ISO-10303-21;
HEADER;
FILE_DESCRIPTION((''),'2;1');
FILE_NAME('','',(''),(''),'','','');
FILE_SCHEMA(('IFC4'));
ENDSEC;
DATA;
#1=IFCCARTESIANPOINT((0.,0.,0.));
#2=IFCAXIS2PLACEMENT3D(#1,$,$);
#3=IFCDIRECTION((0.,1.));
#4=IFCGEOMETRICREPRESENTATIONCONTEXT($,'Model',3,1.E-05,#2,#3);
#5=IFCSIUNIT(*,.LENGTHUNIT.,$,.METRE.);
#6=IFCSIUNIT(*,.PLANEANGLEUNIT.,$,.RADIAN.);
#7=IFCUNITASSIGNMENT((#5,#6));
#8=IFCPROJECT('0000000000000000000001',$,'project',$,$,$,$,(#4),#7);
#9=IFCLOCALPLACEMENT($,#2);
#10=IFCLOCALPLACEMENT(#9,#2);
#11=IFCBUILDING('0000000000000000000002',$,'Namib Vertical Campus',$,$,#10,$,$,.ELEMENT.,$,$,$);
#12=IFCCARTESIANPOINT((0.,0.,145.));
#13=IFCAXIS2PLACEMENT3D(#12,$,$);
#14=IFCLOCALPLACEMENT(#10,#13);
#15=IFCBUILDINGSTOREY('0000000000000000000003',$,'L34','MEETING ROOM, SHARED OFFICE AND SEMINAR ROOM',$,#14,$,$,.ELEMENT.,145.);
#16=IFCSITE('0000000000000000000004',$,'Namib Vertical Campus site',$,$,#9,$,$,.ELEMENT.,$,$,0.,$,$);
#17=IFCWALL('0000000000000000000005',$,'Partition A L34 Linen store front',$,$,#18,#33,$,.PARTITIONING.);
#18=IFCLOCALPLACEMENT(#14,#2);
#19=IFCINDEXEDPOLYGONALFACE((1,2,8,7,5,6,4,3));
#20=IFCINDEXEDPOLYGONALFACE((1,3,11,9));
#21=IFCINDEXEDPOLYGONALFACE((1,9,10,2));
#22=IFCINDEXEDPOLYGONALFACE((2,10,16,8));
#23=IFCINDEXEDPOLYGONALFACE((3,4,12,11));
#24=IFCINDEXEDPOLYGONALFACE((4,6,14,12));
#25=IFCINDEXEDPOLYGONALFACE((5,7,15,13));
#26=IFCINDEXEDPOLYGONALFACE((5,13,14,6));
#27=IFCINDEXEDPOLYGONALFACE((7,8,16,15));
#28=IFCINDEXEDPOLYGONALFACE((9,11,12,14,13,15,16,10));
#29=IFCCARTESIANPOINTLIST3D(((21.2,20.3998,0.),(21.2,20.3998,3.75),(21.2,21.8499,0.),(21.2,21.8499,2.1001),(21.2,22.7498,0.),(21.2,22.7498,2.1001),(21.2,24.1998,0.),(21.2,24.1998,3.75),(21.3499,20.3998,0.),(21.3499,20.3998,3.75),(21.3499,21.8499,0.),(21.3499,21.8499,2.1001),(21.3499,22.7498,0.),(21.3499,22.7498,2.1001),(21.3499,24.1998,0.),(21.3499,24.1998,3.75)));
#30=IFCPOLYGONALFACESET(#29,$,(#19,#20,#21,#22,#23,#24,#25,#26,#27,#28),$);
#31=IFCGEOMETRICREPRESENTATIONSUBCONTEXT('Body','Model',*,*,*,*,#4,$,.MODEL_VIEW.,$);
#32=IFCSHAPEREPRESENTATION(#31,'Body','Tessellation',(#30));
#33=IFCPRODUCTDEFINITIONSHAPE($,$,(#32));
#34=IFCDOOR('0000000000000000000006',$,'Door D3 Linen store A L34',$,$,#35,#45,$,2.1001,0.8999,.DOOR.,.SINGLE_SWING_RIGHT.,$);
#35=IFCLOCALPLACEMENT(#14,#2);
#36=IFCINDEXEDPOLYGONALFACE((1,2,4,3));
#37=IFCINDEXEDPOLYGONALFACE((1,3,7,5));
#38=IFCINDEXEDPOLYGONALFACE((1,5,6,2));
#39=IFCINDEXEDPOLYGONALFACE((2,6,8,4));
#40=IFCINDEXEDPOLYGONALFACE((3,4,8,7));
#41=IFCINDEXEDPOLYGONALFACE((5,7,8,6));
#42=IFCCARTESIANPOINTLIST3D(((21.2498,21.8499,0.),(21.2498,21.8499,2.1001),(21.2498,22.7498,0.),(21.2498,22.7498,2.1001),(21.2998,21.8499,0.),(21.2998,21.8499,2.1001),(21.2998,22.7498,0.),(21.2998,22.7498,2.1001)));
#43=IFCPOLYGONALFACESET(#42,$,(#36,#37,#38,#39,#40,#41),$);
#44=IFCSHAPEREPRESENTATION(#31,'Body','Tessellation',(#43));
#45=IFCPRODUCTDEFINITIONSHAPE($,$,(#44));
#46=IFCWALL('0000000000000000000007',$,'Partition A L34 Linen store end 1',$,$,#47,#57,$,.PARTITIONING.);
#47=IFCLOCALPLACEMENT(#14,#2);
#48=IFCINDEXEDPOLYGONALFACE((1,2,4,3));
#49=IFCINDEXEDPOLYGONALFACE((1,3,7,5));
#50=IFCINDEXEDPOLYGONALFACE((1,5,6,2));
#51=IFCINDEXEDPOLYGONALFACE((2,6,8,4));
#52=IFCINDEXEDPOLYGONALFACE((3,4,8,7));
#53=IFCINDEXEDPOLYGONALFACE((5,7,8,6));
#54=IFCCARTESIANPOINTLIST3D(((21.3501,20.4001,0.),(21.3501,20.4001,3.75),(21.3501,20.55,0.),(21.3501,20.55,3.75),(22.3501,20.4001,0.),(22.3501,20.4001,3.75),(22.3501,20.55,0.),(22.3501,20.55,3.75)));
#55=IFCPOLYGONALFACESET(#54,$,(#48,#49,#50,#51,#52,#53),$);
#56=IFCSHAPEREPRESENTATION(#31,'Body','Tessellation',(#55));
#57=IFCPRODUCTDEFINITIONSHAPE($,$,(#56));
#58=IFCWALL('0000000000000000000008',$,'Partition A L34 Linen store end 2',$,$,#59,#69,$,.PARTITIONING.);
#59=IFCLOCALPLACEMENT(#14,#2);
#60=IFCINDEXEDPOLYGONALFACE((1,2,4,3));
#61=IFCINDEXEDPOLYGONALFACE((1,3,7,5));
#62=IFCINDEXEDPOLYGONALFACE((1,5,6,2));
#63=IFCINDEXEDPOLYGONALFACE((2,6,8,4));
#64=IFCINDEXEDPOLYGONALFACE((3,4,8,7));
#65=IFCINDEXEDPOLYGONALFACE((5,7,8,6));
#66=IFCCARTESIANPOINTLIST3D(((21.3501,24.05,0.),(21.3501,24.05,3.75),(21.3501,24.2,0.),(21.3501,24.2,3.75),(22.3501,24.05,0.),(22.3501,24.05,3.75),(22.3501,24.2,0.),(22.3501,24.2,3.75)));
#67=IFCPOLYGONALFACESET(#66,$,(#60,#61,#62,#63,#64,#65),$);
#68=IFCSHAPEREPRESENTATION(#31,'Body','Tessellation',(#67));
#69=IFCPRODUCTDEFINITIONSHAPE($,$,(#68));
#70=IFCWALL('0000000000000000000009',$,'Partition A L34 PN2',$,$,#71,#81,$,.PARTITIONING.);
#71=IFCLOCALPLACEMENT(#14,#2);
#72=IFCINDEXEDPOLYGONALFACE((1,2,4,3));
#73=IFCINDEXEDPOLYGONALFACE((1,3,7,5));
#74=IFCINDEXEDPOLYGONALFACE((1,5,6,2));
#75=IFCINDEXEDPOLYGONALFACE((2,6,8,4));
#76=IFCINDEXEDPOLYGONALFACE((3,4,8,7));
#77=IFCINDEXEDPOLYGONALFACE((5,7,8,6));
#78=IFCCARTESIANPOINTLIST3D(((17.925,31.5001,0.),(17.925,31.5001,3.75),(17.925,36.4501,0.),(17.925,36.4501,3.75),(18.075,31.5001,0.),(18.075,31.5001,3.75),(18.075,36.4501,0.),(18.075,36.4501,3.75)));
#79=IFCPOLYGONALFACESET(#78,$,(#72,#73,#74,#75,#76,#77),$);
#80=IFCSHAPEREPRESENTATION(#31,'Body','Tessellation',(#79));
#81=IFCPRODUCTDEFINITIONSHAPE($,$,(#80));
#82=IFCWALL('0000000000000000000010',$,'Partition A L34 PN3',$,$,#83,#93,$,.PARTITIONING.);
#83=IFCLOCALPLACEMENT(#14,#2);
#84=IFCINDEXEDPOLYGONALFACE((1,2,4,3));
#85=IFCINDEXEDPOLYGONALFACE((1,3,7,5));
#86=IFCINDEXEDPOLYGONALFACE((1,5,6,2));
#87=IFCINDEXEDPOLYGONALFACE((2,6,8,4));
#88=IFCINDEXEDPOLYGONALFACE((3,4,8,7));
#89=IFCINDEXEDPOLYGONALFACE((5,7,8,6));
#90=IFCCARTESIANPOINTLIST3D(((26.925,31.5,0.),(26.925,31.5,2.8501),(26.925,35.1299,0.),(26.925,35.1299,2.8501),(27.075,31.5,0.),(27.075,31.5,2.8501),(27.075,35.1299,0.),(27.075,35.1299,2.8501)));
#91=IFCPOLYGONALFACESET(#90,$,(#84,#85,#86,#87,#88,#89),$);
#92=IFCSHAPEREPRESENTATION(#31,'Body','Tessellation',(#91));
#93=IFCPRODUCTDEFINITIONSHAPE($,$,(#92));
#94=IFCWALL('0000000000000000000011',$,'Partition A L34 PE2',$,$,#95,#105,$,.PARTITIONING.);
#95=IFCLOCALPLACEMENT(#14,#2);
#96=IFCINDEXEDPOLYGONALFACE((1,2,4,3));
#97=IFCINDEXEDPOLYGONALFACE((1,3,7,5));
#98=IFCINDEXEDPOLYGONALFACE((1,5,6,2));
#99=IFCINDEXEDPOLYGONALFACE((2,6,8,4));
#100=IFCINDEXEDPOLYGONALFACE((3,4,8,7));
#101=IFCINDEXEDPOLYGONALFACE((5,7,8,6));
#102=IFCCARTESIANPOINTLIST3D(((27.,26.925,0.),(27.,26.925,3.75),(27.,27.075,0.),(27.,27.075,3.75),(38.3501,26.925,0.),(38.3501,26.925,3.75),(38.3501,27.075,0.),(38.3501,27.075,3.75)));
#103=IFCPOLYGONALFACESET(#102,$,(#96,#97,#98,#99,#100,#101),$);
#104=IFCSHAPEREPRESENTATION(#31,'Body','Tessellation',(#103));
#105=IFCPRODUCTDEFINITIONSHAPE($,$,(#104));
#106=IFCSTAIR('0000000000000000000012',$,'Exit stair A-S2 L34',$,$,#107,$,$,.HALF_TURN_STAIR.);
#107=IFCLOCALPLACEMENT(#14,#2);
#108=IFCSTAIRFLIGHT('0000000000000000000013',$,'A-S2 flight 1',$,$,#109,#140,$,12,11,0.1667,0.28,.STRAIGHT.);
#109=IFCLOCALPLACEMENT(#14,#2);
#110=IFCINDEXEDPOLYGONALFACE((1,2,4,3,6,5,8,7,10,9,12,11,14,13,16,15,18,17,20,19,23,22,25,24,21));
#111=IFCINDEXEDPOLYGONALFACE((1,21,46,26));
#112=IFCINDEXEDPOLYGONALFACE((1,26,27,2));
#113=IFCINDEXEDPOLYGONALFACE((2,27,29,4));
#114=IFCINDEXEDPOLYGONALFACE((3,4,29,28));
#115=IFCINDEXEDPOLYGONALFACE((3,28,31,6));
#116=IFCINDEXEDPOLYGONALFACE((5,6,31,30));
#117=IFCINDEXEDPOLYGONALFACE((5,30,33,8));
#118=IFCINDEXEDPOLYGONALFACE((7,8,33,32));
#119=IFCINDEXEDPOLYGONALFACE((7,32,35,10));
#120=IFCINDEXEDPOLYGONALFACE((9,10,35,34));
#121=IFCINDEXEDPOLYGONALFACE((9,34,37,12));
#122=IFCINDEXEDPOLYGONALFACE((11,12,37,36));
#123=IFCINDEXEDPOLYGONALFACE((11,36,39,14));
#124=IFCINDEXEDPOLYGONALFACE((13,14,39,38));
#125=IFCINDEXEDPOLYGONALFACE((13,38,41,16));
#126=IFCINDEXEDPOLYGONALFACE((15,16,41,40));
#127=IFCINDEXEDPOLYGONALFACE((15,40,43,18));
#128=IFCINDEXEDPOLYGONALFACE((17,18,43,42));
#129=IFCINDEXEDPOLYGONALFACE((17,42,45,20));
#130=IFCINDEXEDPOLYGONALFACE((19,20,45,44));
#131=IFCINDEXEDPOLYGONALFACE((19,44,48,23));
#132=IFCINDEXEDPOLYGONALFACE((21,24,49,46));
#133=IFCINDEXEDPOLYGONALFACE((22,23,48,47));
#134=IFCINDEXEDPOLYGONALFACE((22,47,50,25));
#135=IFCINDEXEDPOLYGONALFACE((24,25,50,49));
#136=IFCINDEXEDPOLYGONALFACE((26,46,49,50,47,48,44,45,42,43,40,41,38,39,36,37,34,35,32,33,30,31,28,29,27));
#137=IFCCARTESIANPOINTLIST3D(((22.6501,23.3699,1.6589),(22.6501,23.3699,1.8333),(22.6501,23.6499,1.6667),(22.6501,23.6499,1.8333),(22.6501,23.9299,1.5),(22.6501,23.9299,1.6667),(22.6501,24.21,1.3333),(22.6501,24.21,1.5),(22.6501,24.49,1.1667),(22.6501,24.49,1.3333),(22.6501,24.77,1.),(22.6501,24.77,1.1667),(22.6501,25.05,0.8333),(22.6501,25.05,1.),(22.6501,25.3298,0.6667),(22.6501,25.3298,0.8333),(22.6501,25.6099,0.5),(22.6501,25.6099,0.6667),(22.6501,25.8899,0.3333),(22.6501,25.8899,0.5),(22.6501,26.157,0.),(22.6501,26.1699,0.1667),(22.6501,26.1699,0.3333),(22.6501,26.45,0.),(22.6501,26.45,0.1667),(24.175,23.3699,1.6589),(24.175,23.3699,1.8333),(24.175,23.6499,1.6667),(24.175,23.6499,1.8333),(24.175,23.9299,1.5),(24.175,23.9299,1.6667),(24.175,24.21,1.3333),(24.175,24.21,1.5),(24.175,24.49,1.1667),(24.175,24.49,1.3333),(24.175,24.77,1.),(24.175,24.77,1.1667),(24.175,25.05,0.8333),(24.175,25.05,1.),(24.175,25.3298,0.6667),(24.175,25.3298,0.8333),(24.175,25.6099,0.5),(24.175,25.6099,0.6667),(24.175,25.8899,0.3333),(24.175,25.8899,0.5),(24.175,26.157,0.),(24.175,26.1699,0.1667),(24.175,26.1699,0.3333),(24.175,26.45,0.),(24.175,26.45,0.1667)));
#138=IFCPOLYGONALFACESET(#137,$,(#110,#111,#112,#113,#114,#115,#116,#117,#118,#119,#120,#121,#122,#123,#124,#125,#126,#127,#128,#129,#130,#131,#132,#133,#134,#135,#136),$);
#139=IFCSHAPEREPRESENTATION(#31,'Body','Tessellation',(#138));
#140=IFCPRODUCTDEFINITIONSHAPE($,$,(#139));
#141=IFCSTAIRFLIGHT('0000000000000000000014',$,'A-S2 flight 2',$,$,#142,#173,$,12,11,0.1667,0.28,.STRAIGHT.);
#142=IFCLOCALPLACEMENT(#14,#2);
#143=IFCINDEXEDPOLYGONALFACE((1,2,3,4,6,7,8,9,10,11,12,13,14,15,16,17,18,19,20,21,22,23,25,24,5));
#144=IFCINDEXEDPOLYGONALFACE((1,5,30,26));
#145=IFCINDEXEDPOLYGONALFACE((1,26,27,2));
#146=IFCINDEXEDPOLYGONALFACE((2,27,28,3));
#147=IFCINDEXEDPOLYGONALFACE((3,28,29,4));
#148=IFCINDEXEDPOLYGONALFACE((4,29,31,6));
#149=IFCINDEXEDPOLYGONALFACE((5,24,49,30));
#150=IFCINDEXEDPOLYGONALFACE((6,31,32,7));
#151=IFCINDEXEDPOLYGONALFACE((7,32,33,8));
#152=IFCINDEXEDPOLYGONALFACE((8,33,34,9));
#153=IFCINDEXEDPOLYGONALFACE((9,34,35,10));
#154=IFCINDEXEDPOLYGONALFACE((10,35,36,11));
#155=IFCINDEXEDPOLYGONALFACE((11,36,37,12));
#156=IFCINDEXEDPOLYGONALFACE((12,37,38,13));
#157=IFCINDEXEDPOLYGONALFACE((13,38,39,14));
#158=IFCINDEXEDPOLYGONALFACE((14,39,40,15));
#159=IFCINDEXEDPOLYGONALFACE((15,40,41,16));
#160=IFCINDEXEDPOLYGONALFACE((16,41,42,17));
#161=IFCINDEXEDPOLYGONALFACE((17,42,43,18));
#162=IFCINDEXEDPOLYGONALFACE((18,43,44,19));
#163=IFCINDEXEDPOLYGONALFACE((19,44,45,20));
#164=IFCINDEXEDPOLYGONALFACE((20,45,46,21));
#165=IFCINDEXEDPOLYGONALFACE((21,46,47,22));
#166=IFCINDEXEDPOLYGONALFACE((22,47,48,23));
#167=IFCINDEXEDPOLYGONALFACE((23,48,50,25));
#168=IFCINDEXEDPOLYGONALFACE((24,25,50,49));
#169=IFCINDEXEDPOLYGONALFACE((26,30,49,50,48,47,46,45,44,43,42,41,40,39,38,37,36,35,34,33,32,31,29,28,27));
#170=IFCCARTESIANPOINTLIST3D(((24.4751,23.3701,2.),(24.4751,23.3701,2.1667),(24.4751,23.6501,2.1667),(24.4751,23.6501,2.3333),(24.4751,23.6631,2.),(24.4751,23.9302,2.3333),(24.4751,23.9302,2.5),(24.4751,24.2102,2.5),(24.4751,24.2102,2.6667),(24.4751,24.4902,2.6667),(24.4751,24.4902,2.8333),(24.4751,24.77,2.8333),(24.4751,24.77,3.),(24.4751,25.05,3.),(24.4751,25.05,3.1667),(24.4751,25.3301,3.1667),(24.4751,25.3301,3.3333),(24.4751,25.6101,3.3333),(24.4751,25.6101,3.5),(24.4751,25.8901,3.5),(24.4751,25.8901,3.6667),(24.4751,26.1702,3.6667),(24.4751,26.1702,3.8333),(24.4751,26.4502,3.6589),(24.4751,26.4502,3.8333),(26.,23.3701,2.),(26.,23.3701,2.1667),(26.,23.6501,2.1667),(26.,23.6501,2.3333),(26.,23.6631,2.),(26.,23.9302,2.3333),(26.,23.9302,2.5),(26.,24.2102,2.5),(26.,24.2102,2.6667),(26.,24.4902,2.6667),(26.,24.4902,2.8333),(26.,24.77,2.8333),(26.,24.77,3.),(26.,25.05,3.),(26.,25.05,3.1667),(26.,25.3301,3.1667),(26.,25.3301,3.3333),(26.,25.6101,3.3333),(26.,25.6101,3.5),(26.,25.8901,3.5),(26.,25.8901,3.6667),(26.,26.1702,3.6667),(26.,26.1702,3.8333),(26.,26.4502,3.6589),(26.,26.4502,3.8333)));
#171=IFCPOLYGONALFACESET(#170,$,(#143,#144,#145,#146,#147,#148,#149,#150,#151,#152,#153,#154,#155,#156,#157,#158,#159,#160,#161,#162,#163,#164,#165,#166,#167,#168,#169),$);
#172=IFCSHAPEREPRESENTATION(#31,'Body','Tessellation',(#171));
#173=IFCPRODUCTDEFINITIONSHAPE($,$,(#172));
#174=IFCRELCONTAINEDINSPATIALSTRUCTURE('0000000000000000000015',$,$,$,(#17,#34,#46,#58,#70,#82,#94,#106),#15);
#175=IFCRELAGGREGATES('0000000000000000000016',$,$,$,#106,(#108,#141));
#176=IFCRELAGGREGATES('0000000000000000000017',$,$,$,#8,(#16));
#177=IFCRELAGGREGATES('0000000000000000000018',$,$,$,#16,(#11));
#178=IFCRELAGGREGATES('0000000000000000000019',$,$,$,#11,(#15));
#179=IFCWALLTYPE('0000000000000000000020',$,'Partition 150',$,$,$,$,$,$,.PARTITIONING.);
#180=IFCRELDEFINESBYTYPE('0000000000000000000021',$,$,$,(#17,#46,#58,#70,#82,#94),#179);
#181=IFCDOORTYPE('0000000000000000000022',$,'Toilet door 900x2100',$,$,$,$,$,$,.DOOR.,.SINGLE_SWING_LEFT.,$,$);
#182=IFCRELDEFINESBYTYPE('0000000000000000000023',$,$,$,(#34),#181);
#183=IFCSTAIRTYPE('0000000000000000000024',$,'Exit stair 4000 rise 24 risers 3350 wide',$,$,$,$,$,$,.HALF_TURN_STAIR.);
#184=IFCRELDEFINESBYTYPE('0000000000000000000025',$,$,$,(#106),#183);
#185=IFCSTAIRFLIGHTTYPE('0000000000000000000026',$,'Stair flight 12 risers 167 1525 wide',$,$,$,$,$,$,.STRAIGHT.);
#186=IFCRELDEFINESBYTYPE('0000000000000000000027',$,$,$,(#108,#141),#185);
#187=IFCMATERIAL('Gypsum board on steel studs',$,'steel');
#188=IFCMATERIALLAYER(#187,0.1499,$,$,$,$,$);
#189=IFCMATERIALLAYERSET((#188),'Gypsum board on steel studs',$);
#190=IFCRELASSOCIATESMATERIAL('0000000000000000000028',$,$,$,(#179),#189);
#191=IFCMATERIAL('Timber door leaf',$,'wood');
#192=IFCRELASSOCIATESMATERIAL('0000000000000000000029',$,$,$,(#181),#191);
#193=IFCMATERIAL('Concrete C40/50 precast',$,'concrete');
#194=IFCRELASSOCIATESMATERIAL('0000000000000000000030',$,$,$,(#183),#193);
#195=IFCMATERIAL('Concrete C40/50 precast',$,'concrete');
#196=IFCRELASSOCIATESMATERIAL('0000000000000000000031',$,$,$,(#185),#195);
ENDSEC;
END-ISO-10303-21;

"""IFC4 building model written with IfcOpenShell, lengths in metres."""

from ifc_helpers import new_model, si_unit, direction, frame, frame_2d, origin, place, context, subcontext, project, spatial, polyline, rectangle, outline, extrude, material, layer, layer_set, type_object, element, fill, aggregate, save


model = new_model("IFC4")

# Units and contexts
model_context = context("Model", 3, precision=1e-05, world=origin(), true_north=direction((0.0, 1.0)))
body_context = subcontext(model_context, "Body", "Model", "MODEL_VIEW")
ifc_project = project(units=[si_unit("LENGTHUNIT", "METRE"), si_unit("PLANEANGLEUNIT", "RADIAN")], contexts=[model_context])

# Site, building, storey
site_placement = place(None, origin())
site = spatial("IfcSite", under=ifc_project, at=site_placement, Name="Namib Vertical Campus site", CompositionType="ELEMENT", RefElevation=0.0)
building_placement = place(site_placement, origin())
building = spatial("IfcBuilding", under=site, at=building_placement, Name="Namib Vertical Campus", CompositionType="ELEMENT")
storey_placement = place(building_placement, frame((0.0, 0.0, 145.0)))
storey = spatial("IfcBuildingStorey", under=building, at=storey_placement, Name="L34", Description="MEETING ROOM, SHARED OFFICE AND SEMINAR ROOM", CompositionType="ELEMENT", Elevation=145.0)

# Wall, opening, door
ifc_material_1 = material(Name="Gypsum board on steel studs", Category="steel")
ifc_layer_1 = layer(ifc_material_1, 0.1499)
ifc_layer_set_1 = layer_set([ifc_layer_1], Name="Gypsum board on steel studs")
wall_type_1 = type_object("IfcWallType", Name="Partition 150", PredefinedType="PARTITIONING", material=ifc_layer_set_1)
wall_1_placement = place(storey_placement, frame((21.2749, 20.3999, 0.0), z_axis=(0.0, 0.0, 1.0), x_axis=(0.0, 1.0, 0.0)))
wall_1 = element("IfcWall", 1, at=wall_1_placement, inside=storey, type_object=wall_type_1, Name="Partition A L34 Linen store front", PredefinedType="PARTITIONING", context=body_context, shape_type="SweptSolid", body=[
    extrude(rectangle(XDim=3.8, YDim=0.1499, at=frame_2d((1.8999, 0.0))), origin(), (0.0, 0.0, 1.0), 3.75),
])
opening_1_placement = place(wall_1_placement, frame((1.45, 0.0, 0.0)))
opening_1 = element("IfcOpeningElement", 2, at=opening_1_placement, cuts=wall_1, PredefinedType="OPENING", context=body_context, shape_type="SweptSolid", body=[
    extrude(rectangle(XDim=0.8999, YDim=2.1001, at=frame_2d((0.45, 1.05))), frame((0.0, 0.085, 0.0), z_axis=(0.0, -1.0, 0.0), x_axis=(1.0, 0.0, 0.0)), (0.0, 0.0, 1.0), 0.1699),
])
ifc_material_2 = material(Name="Timber door leaf", Category="wood")
door_type_1 = type_object("IfcDoorType", Name="Toilet door 900x2100", OperationType="SINGLE_SWING_LEFT", PredefinedType="DOOR", material=ifc_material_2)
door_1_placement = place(opening_1_placement, frame((0.8999, 0.0, 0.0), z_axis=(0.0, 0.0, 1.0), x_axis=(-1.0, 0.0, 0.0)))
door_1 = element("IfcDoor", 3, at=door_1_placement, inside=storey, type_object=door_type_1, Name="Door D3 Linen store A L34", OperationType="SINGLE_SWING_RIGHT", OverallHeight=2.1001, OverallWidth=0.8999, PredefinedType="DOOR", context=body_context, shape_type="SweptSolid", body=[
    extrude(rectangle(XDim=0.8999, YDim=2.1001, at=frame_2d((0.45, 1.05))), frame((0.0, 0.0249, 0.0), z_axis=(0.0, -1.0, 0.0), x_axis=(1.0, 0.0, 0.0)), (0.0, 0.0, 1.0), 0.05),
])
fill(opening_1, door_1)

# Walls
for number, where, z_axis, x_axis, name in (
    (4, (21.3501, 20.4751, 0.0), (0.0, 0.0, 1.0), (1.0, 0.0, 0.0), "Partition A L34 Linen store end 1"),
    (5, (21.3501, 24.125, 0.0), (0.0, 0.0, 1.0), (1.0, 0.0, 0.0), "Partition A L34 Linen store end 2"),
):
    element("IfcWall", number, at=place(storey_placement, frame(where, z_axis=z_axis, x_axis=x_axis)), inside=storey, type_object=wall_type_1, Name=name, PredefinedType="PARTITIONING", context=body_context, shape_type="SweptSolid", body=[
        extrude(rectangle(XDim=1.0, YDim=0.1499, at=frame_2d((0.5, 0.0))), origin(), (0.0, 0.0, 1.0), 3.75),
    ])
wall_2_placement = place(storey_placement, frame((18.0, 31.5, 0.0), z_axis=(0.0, 0.0, 1.0), x_axis=(0.0, 1.0, 0.0)))
element("IfcWall", 6, at=wall_2_placement, inside=storey, type_object=wall_type_1, Name="Partition A L34 PN2", PredefinedType="PARTITIONING", context=body_context, shape_type="SweptSolid", body=[
    extrude(rectangle(XDim=4.95, YDim=0.1499, at=frame_2d((2.4751, 0.0))), origin(), (0.0, 0.0, 1.0), 3.75),
])
wall_3_placement = place(storey_placement, frame((27.0, 31.5, 0.0), z_axis=(0.0, 0.0, 1.0), x_axis=(0.0, 1.0, 0.0)))
element("IfcWall", 7, at=wall_3_placement, inside=storey, type_object=wall_type_1, Name="Partition A L34 PN3", PredefinedType="PARTITIONING", context=body_context, shape_type="SweptSolid", body=[
    extrude(rectangle(XDim=3.6299, YDim=0.1499, at=frame_2d((1.8149, 0.0))), origin(), (0.0, 0.0, 1.0), 2.8501),
])
wall_4_placement = place(storey_placement, frame((27.0, 27.0, 0.0), z_axis=(0.0, 0.0, 1.0), x_axis=(1.0, 0.0, 0.0)))
element("IfcWall", 8, at=wall_4_placement, inside=storey, type_object=wall_type_1, Name="Partition A L34 PE2", PredefinedType="PARTITIONING", context=body_context, shape_type="SweptSolid", body=[
    extrude(rectangle(XDim=11.3501, YDim=0.1499, at=frame_2d((5.675, 0.0))), origin(), (0.0, 0.0, 1.0), 3.75),
])

# Stair, stair flights
ifc_material_3 = material(Name="Concrete C40/50 precast", Category="concrete")
stair_type = type_object("IfcStairType", Name="Exit stair 4000 rise 24 risers 3350 wide", PredefinedType="HALF_TURN_STAIR", material=ifc_material_3)
stair_placement = place(storey_placement, origin())
stair = element("IfcStair", 9, at=stair_placement, inside=storey, type_object=stair_type, Name="Exit stair A-S2 L34", PredefinedType="HALF_TURN_STAIR")
ifc_material_4 = material(Name="Concrete C40/50 precast", Category="concrete")
stair_flight_type = type_object("IfcStairFlightType", Name="Stair flight 12 risers 167 1525 wide", PredefinedType="STRAIGHT", material=ifc_material_4)
stair_flight_1_placement = place(storey_placement, frame((23.4126, 26.45, 0.0), z_axis=(0.0, 0.0, 1.0), x_axis=(0.0, -1.0, 0.0)))
stair_flight_1 = element("IfcStairFlight", 10, at=stair_flight_1_placement, type_object=stair_flight_type, Name="A-S2 flight 1", NumberOfRisers=12, NumberOfTreads=11, PredefinedType="STRAIGHT", RiserHeight=0.1667, TreadLength=0.28, context=body_context, shape_type="SweptSolid", body=[
    extrude(outline(polyline([(0.0, 0.0), (0.0, 0.1667), (0.28, 0.1667), (0.28, 0.3333), (0.5601, 0.3333), (0.5601, 0.5), (0.8401, 0.5), (0.8401, 0.6667), (1.1201, 0.6667), (1.1201, 0.8333), (1.3999, 0.8333), (1.3999, 1.0), (1.6799, 1.0), (1.6799, 1.1667), (1.96, 1.1667), (1.96, 1.3333), (2.24, 1.3333), (2.24, 1.5), (2.52, 1.5), (2.52, 1.6667), (2.8, 1.6667), (2.8, 1.8333), (3.0801, 1.8333), (3.0801, 2.0), (3.0801, 1.6589), (0.293, 0.0), (0.0, 0.0)])), frame((0.0, 0.7625, 0.0), z_axis=(0.0, -1.0, 0.0), x_axis=(1.0, 0.0, 0.0)), (0.0, 0.0, 1.0), 1.5249),
])
stair_flight_2_placement = place(storey_placement, frame((25.2375, 23.3701, 2.0), z_axis=(0.0, 0.0, 1.0), x_axis=(0.0, 1.0, 0.0)))
stair_flight_2 = element("IfcStairFlight", 11, at=stair_flight_2_placement, type_object=stair_flight_type, Name="A-S2 flight 2", NumberOfRisers=12, NumberOfTreads=11, PredefinedType="STRAIGHT", RiserHeight=0.1667, TreadLength=0.28, context=body_context, shape_type="SweptSolid", body=[
    extrude(outline(polyline([(0.0, 0.0), (0.0, 0.1667), (0.28, 0.1667), (0.28, 0.3333), (0.5601, 0.3333), (0.5601, 0.5), (0.8401, 0.5), (0.8401, 0.6667), (1.1201, 0.6667), (1.1201, 0.8333), (1.3999, 0.8333), (1.3999, 1.0), (1.6799, 1.0), (1.6799, 1.1667), (1.96, 1.1667), (1.96, 1.3333), (2.24, 1.3333), (2.24, 1.5), (2.52, 1.5), (2.52, 1.6667), (2.8, 1.6667), (2.8, 1.8333), (3.0801, 1.8333), (3.0801, 2.0), (3.0801, 1.6589), (0.293, 0.0), (0.0, 0.0)])), frame((0.0, 0.7625, 0.0), z_axis=(0.0, -1.0, 0.0), x_axis=(1.0, 0.0, 0.0)), (0.0, 0.0, 1.0), 1.5249),
])
aggregate(stair, [stair_flight_1, stair_flight_2])

save(model, "model.ifc")
